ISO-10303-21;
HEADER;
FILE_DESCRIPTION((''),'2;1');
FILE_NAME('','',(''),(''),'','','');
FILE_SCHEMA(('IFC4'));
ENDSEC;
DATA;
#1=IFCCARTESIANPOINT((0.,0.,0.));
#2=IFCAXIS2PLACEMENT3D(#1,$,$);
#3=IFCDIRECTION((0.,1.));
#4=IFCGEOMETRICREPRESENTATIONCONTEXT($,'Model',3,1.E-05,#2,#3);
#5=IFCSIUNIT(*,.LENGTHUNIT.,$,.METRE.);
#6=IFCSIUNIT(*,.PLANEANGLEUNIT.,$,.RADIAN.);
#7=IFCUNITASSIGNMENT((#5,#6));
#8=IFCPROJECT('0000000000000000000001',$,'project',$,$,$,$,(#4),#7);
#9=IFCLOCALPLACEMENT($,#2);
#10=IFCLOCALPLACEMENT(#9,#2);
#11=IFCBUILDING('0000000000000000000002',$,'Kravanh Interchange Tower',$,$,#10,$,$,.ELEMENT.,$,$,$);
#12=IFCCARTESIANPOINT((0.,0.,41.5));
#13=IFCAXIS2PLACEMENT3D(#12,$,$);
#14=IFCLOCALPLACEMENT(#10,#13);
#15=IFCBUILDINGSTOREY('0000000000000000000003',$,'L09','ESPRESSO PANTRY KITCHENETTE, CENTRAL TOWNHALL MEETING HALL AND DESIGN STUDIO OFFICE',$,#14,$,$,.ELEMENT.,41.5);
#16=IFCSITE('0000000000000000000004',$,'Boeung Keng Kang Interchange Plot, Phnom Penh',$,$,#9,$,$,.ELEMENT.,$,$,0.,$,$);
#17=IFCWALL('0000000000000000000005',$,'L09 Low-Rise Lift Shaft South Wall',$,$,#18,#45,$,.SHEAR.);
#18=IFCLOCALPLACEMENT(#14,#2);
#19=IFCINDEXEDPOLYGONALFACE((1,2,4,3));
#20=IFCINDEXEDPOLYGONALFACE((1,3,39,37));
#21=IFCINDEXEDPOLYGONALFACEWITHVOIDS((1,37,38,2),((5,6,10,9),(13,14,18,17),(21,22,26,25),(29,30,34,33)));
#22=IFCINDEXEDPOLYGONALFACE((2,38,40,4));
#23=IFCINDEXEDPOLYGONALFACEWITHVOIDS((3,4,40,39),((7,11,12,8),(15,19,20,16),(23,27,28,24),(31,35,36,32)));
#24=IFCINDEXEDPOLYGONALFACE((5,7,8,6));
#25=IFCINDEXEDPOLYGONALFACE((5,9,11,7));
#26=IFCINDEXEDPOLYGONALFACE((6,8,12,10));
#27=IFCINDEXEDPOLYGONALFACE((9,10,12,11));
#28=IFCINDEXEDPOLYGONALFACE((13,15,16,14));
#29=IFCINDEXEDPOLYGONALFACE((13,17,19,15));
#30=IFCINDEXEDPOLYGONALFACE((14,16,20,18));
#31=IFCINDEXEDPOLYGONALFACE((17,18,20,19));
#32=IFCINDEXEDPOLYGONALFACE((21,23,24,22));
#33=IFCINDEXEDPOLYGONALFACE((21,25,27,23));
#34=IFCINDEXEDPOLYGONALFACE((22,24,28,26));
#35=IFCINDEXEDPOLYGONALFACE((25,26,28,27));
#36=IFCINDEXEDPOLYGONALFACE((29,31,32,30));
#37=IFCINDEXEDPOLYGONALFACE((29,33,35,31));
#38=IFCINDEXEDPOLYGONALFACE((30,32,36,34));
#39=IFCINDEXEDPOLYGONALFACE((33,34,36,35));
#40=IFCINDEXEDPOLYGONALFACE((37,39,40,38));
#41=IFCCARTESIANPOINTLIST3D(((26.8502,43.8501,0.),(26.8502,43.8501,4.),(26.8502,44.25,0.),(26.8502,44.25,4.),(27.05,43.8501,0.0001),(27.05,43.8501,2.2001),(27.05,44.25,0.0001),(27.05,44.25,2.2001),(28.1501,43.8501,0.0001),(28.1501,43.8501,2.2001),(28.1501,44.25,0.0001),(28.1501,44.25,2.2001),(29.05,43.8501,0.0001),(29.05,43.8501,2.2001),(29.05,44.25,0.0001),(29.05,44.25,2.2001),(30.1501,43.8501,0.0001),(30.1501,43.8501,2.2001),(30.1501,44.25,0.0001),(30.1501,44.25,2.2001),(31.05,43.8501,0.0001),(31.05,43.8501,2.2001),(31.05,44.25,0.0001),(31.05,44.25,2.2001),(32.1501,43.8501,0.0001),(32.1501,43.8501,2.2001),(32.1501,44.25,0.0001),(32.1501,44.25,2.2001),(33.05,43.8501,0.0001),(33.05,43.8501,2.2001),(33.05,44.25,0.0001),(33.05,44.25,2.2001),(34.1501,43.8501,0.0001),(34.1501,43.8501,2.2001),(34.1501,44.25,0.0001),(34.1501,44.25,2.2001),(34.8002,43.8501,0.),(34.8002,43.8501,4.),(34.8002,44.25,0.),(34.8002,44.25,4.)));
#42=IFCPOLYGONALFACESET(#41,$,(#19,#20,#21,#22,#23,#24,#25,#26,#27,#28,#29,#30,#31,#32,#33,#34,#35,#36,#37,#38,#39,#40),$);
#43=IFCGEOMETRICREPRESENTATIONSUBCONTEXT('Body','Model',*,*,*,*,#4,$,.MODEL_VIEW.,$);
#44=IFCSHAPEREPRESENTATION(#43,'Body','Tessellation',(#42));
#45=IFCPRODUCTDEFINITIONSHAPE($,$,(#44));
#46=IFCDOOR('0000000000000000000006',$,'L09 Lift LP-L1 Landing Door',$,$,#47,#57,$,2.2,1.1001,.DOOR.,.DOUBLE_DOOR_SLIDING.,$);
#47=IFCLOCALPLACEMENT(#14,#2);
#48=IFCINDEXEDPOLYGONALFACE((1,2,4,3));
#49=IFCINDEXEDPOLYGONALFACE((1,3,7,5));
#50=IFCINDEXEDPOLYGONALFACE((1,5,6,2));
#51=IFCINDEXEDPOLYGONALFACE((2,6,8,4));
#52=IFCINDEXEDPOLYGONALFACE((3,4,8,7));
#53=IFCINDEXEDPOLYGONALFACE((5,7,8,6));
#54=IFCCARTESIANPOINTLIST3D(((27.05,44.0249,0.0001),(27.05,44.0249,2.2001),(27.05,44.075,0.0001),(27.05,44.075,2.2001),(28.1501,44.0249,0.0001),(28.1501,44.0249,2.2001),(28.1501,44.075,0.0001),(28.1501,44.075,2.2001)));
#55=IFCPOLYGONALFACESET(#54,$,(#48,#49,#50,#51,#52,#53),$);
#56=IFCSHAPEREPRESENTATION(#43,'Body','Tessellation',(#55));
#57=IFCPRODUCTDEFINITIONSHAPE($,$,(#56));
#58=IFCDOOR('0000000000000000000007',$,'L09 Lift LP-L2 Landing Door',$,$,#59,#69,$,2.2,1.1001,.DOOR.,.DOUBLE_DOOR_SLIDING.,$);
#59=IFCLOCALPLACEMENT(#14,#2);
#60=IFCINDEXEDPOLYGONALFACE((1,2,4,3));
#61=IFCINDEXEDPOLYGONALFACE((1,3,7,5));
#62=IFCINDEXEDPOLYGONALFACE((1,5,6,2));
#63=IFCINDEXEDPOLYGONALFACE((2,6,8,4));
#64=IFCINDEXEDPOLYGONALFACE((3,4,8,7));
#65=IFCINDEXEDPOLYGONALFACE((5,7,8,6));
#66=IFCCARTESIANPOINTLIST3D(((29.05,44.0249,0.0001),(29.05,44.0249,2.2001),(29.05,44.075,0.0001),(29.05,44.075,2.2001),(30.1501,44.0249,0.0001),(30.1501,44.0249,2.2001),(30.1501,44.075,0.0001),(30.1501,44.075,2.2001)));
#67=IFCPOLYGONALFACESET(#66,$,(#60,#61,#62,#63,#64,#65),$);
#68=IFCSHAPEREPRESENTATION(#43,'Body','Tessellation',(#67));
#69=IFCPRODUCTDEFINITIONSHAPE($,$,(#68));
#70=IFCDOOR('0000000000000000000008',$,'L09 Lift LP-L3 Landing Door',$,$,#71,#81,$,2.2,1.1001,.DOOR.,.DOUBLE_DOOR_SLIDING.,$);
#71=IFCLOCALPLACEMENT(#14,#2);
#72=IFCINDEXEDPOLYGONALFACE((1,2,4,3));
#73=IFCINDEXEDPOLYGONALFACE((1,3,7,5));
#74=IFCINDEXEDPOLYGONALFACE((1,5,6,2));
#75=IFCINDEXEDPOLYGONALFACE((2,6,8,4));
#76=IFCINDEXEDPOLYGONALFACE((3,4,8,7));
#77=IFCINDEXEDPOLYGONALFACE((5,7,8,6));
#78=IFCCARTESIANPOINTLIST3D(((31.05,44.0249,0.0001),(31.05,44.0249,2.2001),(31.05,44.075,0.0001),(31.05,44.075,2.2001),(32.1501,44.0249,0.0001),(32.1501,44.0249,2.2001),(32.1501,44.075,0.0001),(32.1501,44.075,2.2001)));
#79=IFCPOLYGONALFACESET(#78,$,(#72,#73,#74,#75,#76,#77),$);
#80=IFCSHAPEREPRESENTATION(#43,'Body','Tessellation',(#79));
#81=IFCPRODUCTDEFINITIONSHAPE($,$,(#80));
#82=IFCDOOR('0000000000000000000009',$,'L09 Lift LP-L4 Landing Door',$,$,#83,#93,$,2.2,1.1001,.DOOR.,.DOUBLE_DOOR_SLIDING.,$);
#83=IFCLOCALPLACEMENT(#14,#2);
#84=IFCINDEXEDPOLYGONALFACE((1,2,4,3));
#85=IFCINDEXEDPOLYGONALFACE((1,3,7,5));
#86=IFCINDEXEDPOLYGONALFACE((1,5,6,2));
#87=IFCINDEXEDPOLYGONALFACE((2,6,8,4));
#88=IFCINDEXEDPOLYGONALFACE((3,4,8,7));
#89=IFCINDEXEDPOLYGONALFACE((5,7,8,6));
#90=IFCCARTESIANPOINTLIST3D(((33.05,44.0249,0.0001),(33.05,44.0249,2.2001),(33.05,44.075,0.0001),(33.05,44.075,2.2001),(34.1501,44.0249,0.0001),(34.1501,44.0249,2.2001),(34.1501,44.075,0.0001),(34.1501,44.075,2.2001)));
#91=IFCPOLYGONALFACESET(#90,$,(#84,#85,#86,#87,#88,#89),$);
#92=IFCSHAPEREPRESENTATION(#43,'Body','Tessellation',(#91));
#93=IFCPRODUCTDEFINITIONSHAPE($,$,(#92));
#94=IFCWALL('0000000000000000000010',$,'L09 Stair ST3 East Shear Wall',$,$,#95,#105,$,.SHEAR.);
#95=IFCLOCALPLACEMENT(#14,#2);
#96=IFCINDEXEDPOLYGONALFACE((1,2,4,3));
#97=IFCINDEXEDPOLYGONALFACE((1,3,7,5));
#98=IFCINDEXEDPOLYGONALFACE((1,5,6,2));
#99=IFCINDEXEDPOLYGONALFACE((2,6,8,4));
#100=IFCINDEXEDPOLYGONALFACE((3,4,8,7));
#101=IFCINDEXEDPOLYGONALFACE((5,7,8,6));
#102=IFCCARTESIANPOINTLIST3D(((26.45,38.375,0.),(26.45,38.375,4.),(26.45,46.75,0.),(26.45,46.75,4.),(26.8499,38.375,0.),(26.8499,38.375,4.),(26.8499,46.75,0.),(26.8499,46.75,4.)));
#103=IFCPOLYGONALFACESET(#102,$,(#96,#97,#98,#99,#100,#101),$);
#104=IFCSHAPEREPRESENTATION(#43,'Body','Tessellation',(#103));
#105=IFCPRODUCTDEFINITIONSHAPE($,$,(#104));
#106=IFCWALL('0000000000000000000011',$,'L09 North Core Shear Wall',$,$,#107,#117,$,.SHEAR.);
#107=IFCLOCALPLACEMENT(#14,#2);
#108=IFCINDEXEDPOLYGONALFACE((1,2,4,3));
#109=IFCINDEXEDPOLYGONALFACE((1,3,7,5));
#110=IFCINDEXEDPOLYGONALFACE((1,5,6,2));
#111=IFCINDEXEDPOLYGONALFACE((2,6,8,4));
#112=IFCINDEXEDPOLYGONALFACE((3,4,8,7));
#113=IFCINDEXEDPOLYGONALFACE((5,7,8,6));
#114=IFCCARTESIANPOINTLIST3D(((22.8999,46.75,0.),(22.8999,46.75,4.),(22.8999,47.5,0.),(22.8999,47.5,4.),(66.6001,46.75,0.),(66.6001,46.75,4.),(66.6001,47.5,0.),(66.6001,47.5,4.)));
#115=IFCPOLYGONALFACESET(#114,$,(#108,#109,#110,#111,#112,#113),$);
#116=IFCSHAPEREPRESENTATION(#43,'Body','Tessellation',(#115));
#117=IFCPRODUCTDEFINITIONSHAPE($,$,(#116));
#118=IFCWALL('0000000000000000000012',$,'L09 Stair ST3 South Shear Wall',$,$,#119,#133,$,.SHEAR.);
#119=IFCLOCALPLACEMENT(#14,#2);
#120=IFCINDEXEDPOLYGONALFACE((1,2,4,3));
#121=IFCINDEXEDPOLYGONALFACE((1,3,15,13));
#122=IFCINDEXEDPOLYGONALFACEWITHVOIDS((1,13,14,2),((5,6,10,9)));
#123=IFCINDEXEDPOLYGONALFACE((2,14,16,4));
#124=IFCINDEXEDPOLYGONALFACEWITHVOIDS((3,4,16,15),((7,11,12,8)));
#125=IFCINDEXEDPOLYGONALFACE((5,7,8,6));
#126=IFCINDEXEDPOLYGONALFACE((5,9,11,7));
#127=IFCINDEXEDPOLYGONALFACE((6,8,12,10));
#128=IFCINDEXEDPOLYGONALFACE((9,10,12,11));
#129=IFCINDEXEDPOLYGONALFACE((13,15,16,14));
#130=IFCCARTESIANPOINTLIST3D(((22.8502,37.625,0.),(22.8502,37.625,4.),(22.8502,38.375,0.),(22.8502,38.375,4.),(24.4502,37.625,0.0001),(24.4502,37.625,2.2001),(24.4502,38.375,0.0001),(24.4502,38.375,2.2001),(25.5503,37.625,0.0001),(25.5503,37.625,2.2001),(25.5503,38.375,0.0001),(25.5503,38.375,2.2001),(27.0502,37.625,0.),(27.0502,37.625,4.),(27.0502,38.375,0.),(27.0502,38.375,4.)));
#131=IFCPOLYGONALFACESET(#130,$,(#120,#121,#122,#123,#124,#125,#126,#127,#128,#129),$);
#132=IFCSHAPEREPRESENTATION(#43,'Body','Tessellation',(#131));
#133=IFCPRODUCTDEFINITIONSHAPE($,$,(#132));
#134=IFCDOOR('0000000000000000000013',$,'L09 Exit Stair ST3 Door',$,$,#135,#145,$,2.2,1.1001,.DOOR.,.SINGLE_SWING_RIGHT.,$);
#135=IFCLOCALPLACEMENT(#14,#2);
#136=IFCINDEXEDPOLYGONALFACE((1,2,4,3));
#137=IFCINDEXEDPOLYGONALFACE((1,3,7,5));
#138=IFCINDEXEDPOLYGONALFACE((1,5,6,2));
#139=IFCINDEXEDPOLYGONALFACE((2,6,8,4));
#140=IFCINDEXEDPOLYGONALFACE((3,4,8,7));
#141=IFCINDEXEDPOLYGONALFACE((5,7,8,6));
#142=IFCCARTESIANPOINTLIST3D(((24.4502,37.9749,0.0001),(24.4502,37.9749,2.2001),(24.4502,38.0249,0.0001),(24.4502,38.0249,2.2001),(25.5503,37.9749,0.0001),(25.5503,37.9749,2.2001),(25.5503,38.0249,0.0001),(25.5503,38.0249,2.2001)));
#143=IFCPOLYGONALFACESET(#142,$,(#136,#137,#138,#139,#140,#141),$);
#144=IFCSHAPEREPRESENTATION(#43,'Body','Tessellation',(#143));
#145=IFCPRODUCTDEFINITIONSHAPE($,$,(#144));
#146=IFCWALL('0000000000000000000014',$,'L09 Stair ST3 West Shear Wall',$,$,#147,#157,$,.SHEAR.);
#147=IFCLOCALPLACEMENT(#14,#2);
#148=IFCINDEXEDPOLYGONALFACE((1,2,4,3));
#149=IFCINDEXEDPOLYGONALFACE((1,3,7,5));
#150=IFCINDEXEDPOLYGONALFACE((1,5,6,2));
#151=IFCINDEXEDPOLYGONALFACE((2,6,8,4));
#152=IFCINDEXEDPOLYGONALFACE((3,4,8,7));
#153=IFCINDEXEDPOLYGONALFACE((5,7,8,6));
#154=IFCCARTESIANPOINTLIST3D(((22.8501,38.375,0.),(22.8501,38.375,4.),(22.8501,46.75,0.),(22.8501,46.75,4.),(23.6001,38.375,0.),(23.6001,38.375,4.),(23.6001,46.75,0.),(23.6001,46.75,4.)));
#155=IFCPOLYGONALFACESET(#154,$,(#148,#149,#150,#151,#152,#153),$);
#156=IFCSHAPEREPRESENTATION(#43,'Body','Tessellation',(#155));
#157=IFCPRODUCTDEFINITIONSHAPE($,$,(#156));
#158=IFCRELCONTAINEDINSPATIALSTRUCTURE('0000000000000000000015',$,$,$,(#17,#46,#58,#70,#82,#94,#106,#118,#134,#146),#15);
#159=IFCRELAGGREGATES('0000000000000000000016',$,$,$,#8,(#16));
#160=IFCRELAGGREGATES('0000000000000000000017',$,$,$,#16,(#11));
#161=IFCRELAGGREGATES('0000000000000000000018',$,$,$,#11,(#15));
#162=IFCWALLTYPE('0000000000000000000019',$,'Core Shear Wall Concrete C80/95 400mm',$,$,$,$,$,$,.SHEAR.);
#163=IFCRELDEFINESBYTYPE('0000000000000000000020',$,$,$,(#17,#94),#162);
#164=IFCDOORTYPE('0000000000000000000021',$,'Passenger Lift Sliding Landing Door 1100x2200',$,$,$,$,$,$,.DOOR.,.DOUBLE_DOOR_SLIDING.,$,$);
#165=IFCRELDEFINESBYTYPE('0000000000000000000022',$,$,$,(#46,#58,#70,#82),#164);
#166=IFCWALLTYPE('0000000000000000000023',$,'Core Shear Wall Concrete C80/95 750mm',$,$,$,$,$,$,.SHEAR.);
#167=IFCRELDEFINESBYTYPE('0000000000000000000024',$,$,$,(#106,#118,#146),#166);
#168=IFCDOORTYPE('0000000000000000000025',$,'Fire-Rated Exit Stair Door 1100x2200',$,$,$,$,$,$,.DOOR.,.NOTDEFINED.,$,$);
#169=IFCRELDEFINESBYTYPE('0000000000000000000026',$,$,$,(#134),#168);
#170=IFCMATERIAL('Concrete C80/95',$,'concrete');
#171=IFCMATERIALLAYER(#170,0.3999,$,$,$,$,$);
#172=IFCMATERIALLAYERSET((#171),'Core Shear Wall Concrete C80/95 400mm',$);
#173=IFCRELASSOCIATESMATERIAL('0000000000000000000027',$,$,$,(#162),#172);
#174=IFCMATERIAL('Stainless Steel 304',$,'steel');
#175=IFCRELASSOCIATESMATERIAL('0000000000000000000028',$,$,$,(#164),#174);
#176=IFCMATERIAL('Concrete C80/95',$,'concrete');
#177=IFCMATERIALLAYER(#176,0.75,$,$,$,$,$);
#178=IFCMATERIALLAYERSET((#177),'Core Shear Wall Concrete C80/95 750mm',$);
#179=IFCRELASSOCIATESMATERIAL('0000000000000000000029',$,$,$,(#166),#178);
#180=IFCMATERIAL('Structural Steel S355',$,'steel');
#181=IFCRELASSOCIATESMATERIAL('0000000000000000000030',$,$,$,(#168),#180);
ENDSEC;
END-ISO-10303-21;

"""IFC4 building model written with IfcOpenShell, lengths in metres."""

from ifc_helpers import new_model, si_unit, direction, frame, frame_2d, origin, place, context, subcontext, project, spatial, rectangle, extrude, material, layer, layer_set, type_object, element, fill, save


model = new_model("IFC4")

# Units and contexts
model_context = context("Model", 3, precision=1e-05, world=origin(), true_north=direction((0.0, 1.0)))
body_context = subcontext(model_context, "Body", "Model", "MODEL_VIEW")
ifc_project = project(units=[si_unit("LENGTHUNIT", "METRE"), si_unit("PLANEANGLEUNIT", "RADIAN")], contexts=[model_context])

# Site, building, storey
site_placement = place(None, origin())
site = spatial("IfcSite", under=ifc_project, at=site_placement, Name="Boeung Keng Kang Interchange Plot, Phnom Penh", CompositionType="ELEMENT", RefElevation=0.0)
building_placement = place(site_placement, origin())
building = spatial("IfcBuilding", under=site, at=building_placement, Name="Kravanh Interchange Tower", CompositionType="ELEMENT")
storey_placement = place(building_placement, frame((0.0, 0.0, 41.5)))
storey = spatial("IfcBuildingStorey", under=building, at=storey_placement, Name="L09", Description="ESPRESSO PANTRY KITCHENETTE, CENTRAL TOWNHALL MEETING HALL AND DESIGN STUDIO OFFICE", CompositionType="ELEMENT", Elevation=41.5)

# Wall, openings, doors
ifc_material_1 = material(Name="Concrete C80/95", Category="concrete")
ifc_layer_1 = layer(ifc_material_1, 0.3999)
ifc_layer_set_1 = layer_set([ifc_layer_1], Name="Core Shear Wall Concrete C80/95 400mm")
wall_type_1 = type_object("IfcWallType", Name="Core Shear Wall Concrete C80/95 400mm", PredefinedType="SHEAR", material=ifc_layer_set_1)
wall_1_placement = place(storey_placement, frame((26.8501, 44.05, 0.0), z_axis=(0.0, 0.0, 1.0), x_axis=(1.0, 0.0, 0.0)))
wall_1 = element("IfcWall", 1, at=wall_1_placement, inside=storey, type_object=wall_type_1, Name="L09 Low-Rise Lift Shaft South Wall", PredefinedType="SHEAR", context=body_context, shape_type="SweptSolid", body=[
    extrude(rectangle(XDim=7.95, YDim=0.3999, at=frame_2d((3.9751, 0.0))), origin(), (0.0, 0.0, 1.0), 4.0),
])
opening_1_placement = place(wall_1_placement, frame((0.2, 0.0, 0.0)))
opening_1 = element("IfcOpeningElement", 2, at=opening_1_placement, cuts=wall_1, PredefinedType="OPENING", context=body_context, shape_type="SweptSolid", body=[
    extrude(rectangle(XDim=1.1001, YDim=2.2, at=frame_2d((0.55, 1.1001))), frame((0.0, 0.21, 0.0), z_axis=(0.0, -1.0, 0.0), x_axis=(1.0, 0.0, 0.0)), (0.0, 0.0, 1.0), 0.4199),
])
opening_2_placement = place(wall_1_placement, frame((2.2, 0.0, 0.0)))
opening_2 = element("IfcOpeningElement", 3, at=opening_2_placement, cuts=wall_1, PredefinedType="OPENING", context=body_context, shape_type="SweptSolid", body=[
    extrude(rectangle(XDim=1.1001, YDim=2.2, at=frame_2d((0.55, 1.1001))), frame((0.0, 0.21, 0.0), z_axis=(0.0, -1.0, 0.0), x_axis=(1.0, 0.0, 0.0)), (0.0, 0.0, 1.0), 0.4199),
])
opening_3_placement = place(wall_1_placement, frame((4.2, 0.0, 0.0)))
opening_3 = element("IfcOpeningElement", 4, at=opening_3_placement, cuts=wall_1, PredefinedType="OPENING", context=body_context, shape_type="SweptSolid", body=[
    extrude(rectangle(XDim=1.1001, YDim=2.2, at=frame_2d((0.55, 1.1001))), frame((0.0, 0.21, 0.0), z_axis=(0.0, -1.0, 0.0), x_axis=(1.0, 0.0, 0.0)), (0.0, 0.0, 1.0), 0.4199),
])
opening_4_placement = place(wall_1_placement, frame((6.2, 0.0, 0.0)))
opening_4 = element("IfcOpeningElement", 5, at=opening_4_placement, cuts=wall_1, PredefinedType="OPENING", context=body_context, shape_type="SweptSolid", body=[
    extrude(rectangle(XDim=1.1001, YDim=2.2, at=frame_2d((0.55, 1.1001))), frame((0.0, 0.21, 0.0), z_axis=(0.0, -1.0, 0.0), x_axis=(1.0, 0.0, 0.0)), (0.0, 0.0, 1.0), 0.4199),
])
ifc_material_2 = material(Name="Stainless Steel 304", Category="steel")
door_type_1 = type_object("IfcDoorType", Name="Passenger Lift Sliding Landing Door 1100x2200", OperationType="DOUBLE_DOOR_SLIDING", PredefinedType="DOOR", material=ifc_material_2)
door_1_placement = place(opening_1_placement, origin())
door_1 = element("IfcDoor", 6, at=door_1_placement, inside=storey, type_object=door_type_1, Name="L09 Lift LP-L1 Landing Door", OperationType="DOUBLE_DOOR_SLIDING", OverallHeight=2.2, OverallWidth=1.1001, PredefinedType="DOOR", context=body_context, shape_type="SweptSolid", body=[
    extrude(rectangle(XDim=1.1001, YDim=2.2, at=frame_2d((0.55, 1.1001))), frame((0.0, 0.0249, 0.0), z_axis=(0.0, -1.0, 0.0), x_axis=(1.0, 0.0, 0.0)), (0.0, 0.0, 1.0), 0.05),
])
fill(opening_1, door_1)
door_2_placement = place(opening_2_placement, origin())
door_2 = element("IfcDoor", 7, at=door_2_placement, inside=storey, type_object=door_type_1, Name="L09 Lift LP-L2 Landing Door", OperationType="DOUBLE_DOOR_SLIDING", OverallHeight=2.2, OverallWidth=1.1001, PredefinedType="DOOR", context=body_context, shape_type="SweptSolid", body=[
    extrude(rectangle(XDim=1.1001, YDim=2.2, at=frame_2d((0.55, 1.1001))), frame((0.0, 0.0249, 0.0), z_axis=(0.0, -1.0, 0.0), x_axis=(1.0, 0.0, 0.0)), (0.0, 0.0, 1.0), 0.05),
])
fill(opening_2, door_2)
door_3_placement = place(opening_3_placement, origin())
door_3 = element("IfcDoor", 8, at=door_3_placement, inside=storey, type_object=door_type_1, Name="L09 Lift LP-L3 Landing Door", OperationType="DOUBLE_DOOR_SLIDING", OverallHeight=2.2, OverallWidth=1.1001, PredefinedType="DOOR", context=body_context, shape_type="SweptSolid", body=[
    extrude(rectangle(XDim=1.1001, YDim=2.2, at=frame_2d((0.55, 1.1001))), frame((0.0, 0.0249, 0.0), z_axis=(0.0, -1.0, 0.0), x_axis=(1.0, 0.0, 0.0)), (0.0, 0.0, 1.0), 0.05),
])
fill(opening_3, door_3)
door_4_placement = place(opening_4_placement, origin())
door_4 = element("IfcDoor", 9, at=door_4_placement, inside=storey, type_object=door_type_1, Name="L09 Lift LP-L4 Landing Door", OperationType="DOUBLE_DOOR_SLIDING", OverallHeight=2.2, OverallWidth=1.1001, PredefinedType="DOOR", context=body_context, shape_type="SweptSolid", body=[
    extrude(rectangle(XDim=1.1001, YDim=2.2, at=frame_2d((0.55, 1.1001))), frame((0.0, 0.0249, 0.0), z_axis=(0.0, -1.0, 0.0), x_axis=(1.0, 0.0, 0.0)), (0.0, 0.0, 1.0), 0.05),
])
fill(opening_4, door_4)

# Walls
wall_2_placement = place(storey_placement, frame((26.6499, 38.375, 0.0), z_axis=(0.0, 0.0, 1.0), x_axis=(0.0, 1.0, 0.0)))
element("IfcWall", 10, at=wall_2_placement, inside=storey, type_object=wall_type_1, Name="L09 Stair ST3 East Shear Wall", PredefinedType="SHEAR", context=body_context, shape_type="SweptSolid", body=[
    extrude(rectangle(XDim=8.375, YDim=0.3999, at=frame_2d((4.1875, 0.0))), origin(), (0.0, 0.0, 1.0), 4.0),
])
ifc_material_3 = material(Name="Concrete C80/95", Category="concrete")
ifc_layer_2 = layer(ifc_material_3, 0.75)
ifc_layer_set_2 = layer_set([ifc_layer_2], Name="Core Shear Wall Concrete C80/95 750mm")
wall_type_2 = type_object("IfcWallType", Name="Core Shear Wall Concrete C80/95 750mm", PredefinedType="SHEAR", material=ifc_layer_set_2)
wall_3_placement = place(storey_placement, frame((22.8999, 47.125, 0.0), z_axis=(0.0, 0.0, 1.0), x_axis=(1.0, 0.0, 0.0)))
element("IfcWall", 11, at=wall_3_placement, inside=storey, type_object=wall_type_2, Name="L09 North Core Shear Wall", PredefinedType="SHEAR", context=body_context, shape_type="SweptSolid", body=[
    extrude(rectangle(XDim=43.7002, YDim=0.75, at=frame_2d((21.8501, 0.0))), origin(), (0.0, 0.0, 1.0), 4.0),
])

# Wall, opening, door
wall_4_placement = place(storey_placement, frame((22.8501, 38.0, 0.0), z_axis=(0.0, 0.0, 1.0), x_axis=(1.0, 0.0, 0.0)))
wall_4 = element("IfcWall", 12, at=wall_4_placement, inside=storey, type_object=wall_type_2, Name="L09 Stair ST3 South Shear Wall", PredefinedType="SHEAR", context=body_context, shape_type="SweptSolid", body=[
    extrude(rectangle(XDim=4.2, YDim=0.75, at=frame_2d((2.1001, 0.0))), origin(), (0.0, 0.0, 1.0), 4.0),
])
opening_5_placement = place(wall_4_placement, frame((1.6001, 0.0, 0.0)))
opening_5 = element("IfcOpeningElement", 13, at=opening_5_placement, cuts=wall_4, PredefinedType="OPENING", context=body_context, shape_type="SweptSolid", body=[
    extrude(rectangle(XDim=1.1001, YDim=2.2, at=frame_2d((0.55, 1.1001))), frame((0.0, 0.385, 0.0), z_axis=(0.0, -1.0, 0.0), x_axis=(1.0, 0.0, 0.0)), (0.0, 0.0, 1.0), 0.77),
])
ifc_material_4 = material(Name="Structural Steel S355", Category="steel")
door_type_2 = type_object("IfcDoorType", Name="Fire-Rated Exit Stair Door 1100x2200", OperationType="NOTDEFINED", PredefinedType="DOOR", material=ifc_material_4)
door_5_placement = place(opening_5_placement, origin())
door_5 = element("IfcDoor", 14, at=door_5_placement, inside=storey, type_object=door_type_2, Name="L09 Exit Stair ST3 Door", OperationType="SINGLE_SWING_RIGHT", OverallHeight=2.2, OverallWidth=1.1001, PredefinedType="DOOR", context=body_context, shape_type="SweptSolid", body=[
    extrude(rectangle(XDim=1.1001, YDim=2.2, at=frame_2d((0.55, 1.1001))), frame((0.0, 0.0249, 0.0), z_axis=(0.0, -1.0, 0.0), x_axis=(1.0, 0.0, 0.0)), (0.0, 0.0, 1.0), 0.05),
])
fill(opening_5, door_5)

# Wall
wall_5_placement = place(storey_placement, frame((23.2251, 38.375, 0.0), z_axis=(0.0, 0.0, 1.0), x_axis=(0.0, 1.0, 0.0)))
element("IfcWall", 15, at=wall_5_placement, inside=storey, type_object=wall_type_2, Name="L09 Stair ST3 West Shear Wall", PredefinedType="SHEAR", context=body_context, shape_type="SweptSolid", body=[
    extrude(rectangle(XDim=8.375, YDim=0.75, at=frame_2d((4.1875, 0.0))), origin(), (0.0, 0.0, 1.0), 4.0),
])

save(model, "model.ifc")
